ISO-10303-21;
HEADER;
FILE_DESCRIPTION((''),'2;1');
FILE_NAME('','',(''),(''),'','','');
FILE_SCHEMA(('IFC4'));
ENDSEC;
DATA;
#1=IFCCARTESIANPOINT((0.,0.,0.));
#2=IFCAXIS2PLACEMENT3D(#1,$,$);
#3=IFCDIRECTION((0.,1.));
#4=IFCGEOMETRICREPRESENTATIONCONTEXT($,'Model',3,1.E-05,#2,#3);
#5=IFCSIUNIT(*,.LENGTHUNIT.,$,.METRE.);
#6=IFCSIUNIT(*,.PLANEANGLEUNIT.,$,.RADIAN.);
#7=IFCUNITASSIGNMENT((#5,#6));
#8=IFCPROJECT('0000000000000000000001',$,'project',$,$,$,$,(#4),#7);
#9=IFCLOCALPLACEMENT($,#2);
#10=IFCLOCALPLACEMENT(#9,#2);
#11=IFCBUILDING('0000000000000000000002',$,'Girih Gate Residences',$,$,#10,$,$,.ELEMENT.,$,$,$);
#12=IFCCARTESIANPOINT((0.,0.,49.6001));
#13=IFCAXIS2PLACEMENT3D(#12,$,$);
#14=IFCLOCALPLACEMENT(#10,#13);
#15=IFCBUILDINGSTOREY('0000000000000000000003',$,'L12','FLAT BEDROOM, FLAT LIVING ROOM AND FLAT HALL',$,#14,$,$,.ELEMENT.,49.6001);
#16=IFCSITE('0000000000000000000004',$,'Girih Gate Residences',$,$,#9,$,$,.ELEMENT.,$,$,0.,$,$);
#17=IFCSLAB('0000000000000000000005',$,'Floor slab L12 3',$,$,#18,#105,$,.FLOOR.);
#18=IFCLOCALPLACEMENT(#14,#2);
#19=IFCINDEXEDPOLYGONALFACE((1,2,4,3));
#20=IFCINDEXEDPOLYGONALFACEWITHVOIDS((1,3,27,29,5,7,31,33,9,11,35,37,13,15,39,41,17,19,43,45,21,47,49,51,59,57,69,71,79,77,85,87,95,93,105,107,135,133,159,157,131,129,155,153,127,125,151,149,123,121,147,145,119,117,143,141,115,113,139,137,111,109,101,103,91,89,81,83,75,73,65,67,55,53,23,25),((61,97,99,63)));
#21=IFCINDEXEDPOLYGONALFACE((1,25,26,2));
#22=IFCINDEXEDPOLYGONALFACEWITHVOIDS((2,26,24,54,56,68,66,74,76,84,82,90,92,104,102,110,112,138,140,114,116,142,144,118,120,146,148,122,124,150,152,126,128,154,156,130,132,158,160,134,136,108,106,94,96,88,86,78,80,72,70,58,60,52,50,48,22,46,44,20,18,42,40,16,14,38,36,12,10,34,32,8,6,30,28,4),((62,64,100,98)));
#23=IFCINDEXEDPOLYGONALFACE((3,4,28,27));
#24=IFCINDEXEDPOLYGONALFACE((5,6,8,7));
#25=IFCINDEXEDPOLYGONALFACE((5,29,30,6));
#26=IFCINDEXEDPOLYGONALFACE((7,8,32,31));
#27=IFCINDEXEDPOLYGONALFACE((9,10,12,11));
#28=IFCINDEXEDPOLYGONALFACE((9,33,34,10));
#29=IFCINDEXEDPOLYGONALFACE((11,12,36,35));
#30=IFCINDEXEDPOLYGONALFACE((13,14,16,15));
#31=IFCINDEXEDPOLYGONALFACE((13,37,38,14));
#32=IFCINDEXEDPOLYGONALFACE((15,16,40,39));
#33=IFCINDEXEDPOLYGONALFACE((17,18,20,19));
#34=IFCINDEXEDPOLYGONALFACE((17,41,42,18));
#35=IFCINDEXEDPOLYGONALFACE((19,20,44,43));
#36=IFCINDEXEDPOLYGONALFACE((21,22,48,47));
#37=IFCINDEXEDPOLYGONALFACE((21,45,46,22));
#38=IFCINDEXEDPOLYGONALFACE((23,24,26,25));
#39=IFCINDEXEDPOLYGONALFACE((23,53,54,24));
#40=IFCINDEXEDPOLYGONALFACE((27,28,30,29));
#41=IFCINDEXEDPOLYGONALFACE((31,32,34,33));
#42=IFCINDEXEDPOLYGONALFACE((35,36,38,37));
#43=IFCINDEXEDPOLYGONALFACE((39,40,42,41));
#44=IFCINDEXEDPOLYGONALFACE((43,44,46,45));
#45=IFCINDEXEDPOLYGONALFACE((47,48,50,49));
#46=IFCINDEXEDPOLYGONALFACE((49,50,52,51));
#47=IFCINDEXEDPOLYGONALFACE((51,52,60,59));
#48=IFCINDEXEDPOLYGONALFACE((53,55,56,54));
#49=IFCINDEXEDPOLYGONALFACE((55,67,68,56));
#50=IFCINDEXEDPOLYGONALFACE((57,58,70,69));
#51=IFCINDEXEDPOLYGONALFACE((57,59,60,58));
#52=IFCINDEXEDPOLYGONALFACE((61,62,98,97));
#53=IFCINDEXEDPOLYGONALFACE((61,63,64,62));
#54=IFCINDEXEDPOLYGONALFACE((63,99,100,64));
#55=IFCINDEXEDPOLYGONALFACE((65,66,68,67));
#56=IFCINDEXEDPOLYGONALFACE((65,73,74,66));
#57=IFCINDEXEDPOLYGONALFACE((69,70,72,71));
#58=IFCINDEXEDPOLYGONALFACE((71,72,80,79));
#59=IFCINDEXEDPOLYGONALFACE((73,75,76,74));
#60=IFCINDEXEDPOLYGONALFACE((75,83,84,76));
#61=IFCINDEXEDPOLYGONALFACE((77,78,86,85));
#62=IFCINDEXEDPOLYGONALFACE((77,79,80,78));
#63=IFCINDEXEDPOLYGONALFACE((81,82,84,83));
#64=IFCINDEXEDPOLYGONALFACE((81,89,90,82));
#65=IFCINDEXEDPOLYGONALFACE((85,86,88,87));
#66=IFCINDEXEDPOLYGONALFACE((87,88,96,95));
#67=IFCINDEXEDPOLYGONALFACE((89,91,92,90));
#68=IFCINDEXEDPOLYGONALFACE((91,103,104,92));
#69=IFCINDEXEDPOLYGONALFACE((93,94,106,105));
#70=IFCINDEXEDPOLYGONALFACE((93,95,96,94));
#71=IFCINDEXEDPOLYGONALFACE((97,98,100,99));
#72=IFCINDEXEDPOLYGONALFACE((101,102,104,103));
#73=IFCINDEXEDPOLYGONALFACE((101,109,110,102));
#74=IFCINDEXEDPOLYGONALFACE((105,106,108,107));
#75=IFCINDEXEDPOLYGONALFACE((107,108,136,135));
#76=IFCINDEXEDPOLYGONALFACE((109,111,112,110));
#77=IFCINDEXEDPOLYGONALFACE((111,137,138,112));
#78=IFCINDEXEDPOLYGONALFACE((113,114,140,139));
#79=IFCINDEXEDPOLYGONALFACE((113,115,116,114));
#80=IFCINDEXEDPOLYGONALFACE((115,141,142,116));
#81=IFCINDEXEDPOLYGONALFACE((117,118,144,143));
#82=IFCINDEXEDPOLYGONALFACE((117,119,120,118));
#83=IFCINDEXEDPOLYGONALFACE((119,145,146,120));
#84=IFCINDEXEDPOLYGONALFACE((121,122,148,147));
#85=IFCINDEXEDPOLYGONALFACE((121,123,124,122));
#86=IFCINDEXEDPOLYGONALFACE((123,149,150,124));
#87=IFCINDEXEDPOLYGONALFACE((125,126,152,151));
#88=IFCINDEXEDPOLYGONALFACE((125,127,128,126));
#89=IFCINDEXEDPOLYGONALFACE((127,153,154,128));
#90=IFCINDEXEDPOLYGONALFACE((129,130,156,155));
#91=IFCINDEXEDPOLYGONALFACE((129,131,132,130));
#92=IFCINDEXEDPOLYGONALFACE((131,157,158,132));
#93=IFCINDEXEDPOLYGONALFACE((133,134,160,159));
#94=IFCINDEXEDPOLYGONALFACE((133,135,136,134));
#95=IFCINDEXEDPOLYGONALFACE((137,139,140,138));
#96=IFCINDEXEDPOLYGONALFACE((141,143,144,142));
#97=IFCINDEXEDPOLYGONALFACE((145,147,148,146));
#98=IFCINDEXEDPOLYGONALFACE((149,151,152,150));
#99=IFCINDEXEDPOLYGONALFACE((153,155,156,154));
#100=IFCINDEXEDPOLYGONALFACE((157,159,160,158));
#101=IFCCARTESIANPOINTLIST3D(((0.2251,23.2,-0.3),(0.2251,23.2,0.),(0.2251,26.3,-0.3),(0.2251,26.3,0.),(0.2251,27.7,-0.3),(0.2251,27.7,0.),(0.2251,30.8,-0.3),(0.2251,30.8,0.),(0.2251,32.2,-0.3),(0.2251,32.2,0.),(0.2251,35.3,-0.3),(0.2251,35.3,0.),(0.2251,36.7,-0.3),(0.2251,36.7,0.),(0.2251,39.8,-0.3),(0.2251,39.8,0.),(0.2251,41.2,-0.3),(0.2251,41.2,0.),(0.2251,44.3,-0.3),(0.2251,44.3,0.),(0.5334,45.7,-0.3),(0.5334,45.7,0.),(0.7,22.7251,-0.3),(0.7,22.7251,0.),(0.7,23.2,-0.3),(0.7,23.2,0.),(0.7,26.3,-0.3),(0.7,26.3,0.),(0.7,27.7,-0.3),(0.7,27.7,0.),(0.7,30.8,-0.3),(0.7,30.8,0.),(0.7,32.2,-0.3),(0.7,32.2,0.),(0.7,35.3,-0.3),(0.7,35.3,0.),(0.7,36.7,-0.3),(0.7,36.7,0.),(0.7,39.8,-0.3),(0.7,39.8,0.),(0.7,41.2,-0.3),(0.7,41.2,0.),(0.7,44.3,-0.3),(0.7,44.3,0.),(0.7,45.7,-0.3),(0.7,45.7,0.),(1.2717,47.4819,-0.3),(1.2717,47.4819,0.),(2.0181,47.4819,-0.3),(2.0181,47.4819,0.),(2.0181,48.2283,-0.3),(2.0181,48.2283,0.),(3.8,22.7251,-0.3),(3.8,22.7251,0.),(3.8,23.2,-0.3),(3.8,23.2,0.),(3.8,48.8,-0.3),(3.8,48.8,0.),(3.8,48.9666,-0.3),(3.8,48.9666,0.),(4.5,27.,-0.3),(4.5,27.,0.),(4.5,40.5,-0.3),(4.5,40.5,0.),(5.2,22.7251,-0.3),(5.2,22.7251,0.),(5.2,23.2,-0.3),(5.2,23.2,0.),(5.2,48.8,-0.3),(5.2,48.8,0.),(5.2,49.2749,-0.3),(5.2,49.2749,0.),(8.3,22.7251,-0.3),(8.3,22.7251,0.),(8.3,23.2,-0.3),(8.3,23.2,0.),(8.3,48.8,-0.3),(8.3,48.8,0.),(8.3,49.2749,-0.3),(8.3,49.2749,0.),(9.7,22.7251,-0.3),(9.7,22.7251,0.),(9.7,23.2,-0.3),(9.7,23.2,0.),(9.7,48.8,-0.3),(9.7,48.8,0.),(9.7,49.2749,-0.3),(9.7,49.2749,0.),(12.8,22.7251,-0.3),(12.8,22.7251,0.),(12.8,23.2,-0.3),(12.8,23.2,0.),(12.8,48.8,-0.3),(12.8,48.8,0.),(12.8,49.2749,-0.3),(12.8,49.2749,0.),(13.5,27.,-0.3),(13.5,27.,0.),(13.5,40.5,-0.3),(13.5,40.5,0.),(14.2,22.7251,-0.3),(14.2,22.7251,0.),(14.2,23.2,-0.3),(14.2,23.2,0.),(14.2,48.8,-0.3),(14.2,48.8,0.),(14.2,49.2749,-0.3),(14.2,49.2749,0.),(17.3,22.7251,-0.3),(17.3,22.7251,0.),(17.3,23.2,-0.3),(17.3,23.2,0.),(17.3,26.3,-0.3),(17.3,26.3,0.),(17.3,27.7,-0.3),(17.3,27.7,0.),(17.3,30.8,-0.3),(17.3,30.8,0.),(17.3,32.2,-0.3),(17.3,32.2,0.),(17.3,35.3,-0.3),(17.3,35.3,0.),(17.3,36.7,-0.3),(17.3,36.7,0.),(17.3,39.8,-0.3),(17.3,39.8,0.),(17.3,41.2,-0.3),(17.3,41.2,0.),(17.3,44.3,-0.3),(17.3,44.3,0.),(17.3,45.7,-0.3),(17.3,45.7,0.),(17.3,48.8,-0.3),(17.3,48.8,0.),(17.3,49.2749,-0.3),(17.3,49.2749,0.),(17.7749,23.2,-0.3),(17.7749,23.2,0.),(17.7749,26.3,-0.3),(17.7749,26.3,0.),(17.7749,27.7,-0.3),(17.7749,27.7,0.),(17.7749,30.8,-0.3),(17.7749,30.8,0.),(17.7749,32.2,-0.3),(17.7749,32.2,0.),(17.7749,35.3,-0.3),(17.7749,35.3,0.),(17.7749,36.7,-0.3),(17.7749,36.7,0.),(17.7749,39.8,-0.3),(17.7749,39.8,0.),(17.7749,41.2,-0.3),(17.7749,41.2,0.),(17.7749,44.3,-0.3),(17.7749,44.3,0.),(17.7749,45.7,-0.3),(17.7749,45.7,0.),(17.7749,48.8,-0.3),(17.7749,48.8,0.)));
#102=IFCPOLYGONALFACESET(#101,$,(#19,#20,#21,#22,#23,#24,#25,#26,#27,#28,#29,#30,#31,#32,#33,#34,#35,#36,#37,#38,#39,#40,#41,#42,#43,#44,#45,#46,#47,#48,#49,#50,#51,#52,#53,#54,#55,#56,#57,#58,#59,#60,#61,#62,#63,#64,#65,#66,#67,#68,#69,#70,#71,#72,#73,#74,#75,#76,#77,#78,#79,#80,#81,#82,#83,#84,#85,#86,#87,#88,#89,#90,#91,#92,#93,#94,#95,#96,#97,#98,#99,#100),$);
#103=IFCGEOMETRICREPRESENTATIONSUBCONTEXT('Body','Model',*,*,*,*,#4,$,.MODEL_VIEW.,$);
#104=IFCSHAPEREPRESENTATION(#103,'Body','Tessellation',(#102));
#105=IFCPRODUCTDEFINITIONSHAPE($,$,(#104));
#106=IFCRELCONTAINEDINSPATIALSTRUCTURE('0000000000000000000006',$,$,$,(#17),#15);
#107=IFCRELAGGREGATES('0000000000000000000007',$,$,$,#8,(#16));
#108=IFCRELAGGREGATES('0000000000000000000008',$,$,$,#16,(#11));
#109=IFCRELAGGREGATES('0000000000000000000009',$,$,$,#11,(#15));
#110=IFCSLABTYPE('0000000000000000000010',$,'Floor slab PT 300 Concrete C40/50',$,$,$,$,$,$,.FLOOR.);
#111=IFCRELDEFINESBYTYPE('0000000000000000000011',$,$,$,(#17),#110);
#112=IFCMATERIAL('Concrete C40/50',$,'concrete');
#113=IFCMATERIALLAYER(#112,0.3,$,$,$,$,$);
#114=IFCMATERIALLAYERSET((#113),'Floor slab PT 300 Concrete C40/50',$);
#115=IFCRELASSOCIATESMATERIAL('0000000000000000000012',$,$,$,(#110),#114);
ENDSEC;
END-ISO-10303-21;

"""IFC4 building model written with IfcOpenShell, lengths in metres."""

from ifc_helpers import new_model, si_unit, direction, frame, origin, place, context, subcontext, project, spatial, polyline, outline, extrude, material, layer, layer_set, type_object, element, save


model = new_model("IFC4")

# Units and contexts
model_context = context("Model", 3, precision=1e-05, world=origin(), true_north=direction((0.0, 1.0)))
body_context = subcontext(model_context, "Body", "Model", "MODEL_VIEW")
ifc_project = project(units=[si_unit("LENGTHUNIT", "METRE"), si_unit("PLANEANGLEUNIT", "RADIAN")], contexts=[model_context])

# Site, building, storey
site_placement = place(None, origin())
site = spatial("IfcSite", under=ifc_project, at=site_placement, Name="Girih Gate Residences", CompositionType="ELEMENT", RefElevation=0.0)
building_placement = place(site_placement, origin())
building = spatial("IfcBuilding", under=site, at=building_placement, Name="Girih Gate Residences", CompositionType="ELEMENT")
storey_placement = place(building_placement, frame((0.0, 0.0, 49.6001)))
storey = spatial("IfcBuildingStorey", under=building, at=storey_placement, Name="L12", Description="FLAT BEDROOM, FLAT LIVING ROOM AND FLAT HALL", CompositionType="ELEMENT", Elevation=49.6001)

# Slab
ifc_material_1 = material(Name="Concrete C40/50", Category="concrete")
ifc_layer_1 = layer(ifc_material_1, 0.3)
ifc_layer_set_1 = layer_set([ifc_layer_1], Name="Floor slab PT 300 Concrete C40/50")
slab_type_1 = type_object("IfcSlabType", Name="Floor slab PT 300 Concrete C40/50", PredefinedType="FLOOR", material=ifc_layer_set_1)
slab_1_placement = place(storey_placement, frame((0.0, 0.0, -0.3)))
element("IfcSlab", 1, at=slab_1_placement, inside=storey, type_object=slab_type_1, Name="Floor slab L12 3", PredefinedType="FLOOR", context=body_context, shape_type="SweptSolid", body=[
    extrude(outline(polyline([(0.2251, 26.3), (0.2251, 23.2), (0.7, 23.2), (0.7, 22.7251), (3.8, 22.7251), (3.8, 23.2), (5.2, 23.2), (5.2, 22.7251), (8.3, 22.7251), (8.3, 23.2), (9.7, 23.2), (9.7, 22.7251), (12.8, 22.7251), (12.8, 23.2), (14.2, 23.2), (14.2, 22.7251), (17.3, 22.7251), (17.3, 23.2), (17.7749, 23.2), (17.7749, 26.3), (17.3, 26.3), (17.3, 27.7), (17.7749, 27.7), (17.7749, 30.8), (17.3, 30.8), (17.3, 32.2), (17.7749, 32.2), (17.7749, 35.3), (17.3, 35.3), (17.3, 36.7), (17.7749, 36.7), (17.7749, 39.8), (17.3, 39.8), (17.3, 41.2), (17.7749, 41.2), (17.7749, 44.3), (17.3, 44.3), (17.3, 45.7), (17.7749, 45.7), (17.7749, 48.8), (17.3, 48.8), (17.3, 49.2749), (14.2, 49.2749), (14.2, 48.8), (12.8, 48.8), (12.8, 49.2749), (9.7, 49.2749), (9.7, 48.8), (8.3, 48.8), (8.3, 49.2749), (5.2, 49.2749), (5.2, 48.8), (3.8, 48.8), (3.8, 48.9666), (2.0181, 48.2283), (2.0181, 47.4819), (1.2717, 47.4819), (0.5334, 45.7), (0.7, 45.7), (0.7, 44.3), (0.2251, 44.3), (0.2251, 41.2), (0.7, 41.2), (0.7, 39.8), (0.2251, 39.8), (0.2251, 36.7), (0.7, 36.7), (0.7, 35.3), (0.2251, 35.3), (0.2251, 32.2), (0.7, 32.2), (0.7, 30.8), (0.2251, 30.8), (0.2251, 27.7), (0.7, 27.7), (0.7, 26.3), (0.2251, 26.3)]), holes=[polyline([(13.5, 40.5), (13.5, 27.0), (4.5, 27.0), (4.5, 40.5), (13.5, 40.5)])]), origin(), (0.0, 0.0, 1.0), 0.3),
])

save(model, "model.ifc")
